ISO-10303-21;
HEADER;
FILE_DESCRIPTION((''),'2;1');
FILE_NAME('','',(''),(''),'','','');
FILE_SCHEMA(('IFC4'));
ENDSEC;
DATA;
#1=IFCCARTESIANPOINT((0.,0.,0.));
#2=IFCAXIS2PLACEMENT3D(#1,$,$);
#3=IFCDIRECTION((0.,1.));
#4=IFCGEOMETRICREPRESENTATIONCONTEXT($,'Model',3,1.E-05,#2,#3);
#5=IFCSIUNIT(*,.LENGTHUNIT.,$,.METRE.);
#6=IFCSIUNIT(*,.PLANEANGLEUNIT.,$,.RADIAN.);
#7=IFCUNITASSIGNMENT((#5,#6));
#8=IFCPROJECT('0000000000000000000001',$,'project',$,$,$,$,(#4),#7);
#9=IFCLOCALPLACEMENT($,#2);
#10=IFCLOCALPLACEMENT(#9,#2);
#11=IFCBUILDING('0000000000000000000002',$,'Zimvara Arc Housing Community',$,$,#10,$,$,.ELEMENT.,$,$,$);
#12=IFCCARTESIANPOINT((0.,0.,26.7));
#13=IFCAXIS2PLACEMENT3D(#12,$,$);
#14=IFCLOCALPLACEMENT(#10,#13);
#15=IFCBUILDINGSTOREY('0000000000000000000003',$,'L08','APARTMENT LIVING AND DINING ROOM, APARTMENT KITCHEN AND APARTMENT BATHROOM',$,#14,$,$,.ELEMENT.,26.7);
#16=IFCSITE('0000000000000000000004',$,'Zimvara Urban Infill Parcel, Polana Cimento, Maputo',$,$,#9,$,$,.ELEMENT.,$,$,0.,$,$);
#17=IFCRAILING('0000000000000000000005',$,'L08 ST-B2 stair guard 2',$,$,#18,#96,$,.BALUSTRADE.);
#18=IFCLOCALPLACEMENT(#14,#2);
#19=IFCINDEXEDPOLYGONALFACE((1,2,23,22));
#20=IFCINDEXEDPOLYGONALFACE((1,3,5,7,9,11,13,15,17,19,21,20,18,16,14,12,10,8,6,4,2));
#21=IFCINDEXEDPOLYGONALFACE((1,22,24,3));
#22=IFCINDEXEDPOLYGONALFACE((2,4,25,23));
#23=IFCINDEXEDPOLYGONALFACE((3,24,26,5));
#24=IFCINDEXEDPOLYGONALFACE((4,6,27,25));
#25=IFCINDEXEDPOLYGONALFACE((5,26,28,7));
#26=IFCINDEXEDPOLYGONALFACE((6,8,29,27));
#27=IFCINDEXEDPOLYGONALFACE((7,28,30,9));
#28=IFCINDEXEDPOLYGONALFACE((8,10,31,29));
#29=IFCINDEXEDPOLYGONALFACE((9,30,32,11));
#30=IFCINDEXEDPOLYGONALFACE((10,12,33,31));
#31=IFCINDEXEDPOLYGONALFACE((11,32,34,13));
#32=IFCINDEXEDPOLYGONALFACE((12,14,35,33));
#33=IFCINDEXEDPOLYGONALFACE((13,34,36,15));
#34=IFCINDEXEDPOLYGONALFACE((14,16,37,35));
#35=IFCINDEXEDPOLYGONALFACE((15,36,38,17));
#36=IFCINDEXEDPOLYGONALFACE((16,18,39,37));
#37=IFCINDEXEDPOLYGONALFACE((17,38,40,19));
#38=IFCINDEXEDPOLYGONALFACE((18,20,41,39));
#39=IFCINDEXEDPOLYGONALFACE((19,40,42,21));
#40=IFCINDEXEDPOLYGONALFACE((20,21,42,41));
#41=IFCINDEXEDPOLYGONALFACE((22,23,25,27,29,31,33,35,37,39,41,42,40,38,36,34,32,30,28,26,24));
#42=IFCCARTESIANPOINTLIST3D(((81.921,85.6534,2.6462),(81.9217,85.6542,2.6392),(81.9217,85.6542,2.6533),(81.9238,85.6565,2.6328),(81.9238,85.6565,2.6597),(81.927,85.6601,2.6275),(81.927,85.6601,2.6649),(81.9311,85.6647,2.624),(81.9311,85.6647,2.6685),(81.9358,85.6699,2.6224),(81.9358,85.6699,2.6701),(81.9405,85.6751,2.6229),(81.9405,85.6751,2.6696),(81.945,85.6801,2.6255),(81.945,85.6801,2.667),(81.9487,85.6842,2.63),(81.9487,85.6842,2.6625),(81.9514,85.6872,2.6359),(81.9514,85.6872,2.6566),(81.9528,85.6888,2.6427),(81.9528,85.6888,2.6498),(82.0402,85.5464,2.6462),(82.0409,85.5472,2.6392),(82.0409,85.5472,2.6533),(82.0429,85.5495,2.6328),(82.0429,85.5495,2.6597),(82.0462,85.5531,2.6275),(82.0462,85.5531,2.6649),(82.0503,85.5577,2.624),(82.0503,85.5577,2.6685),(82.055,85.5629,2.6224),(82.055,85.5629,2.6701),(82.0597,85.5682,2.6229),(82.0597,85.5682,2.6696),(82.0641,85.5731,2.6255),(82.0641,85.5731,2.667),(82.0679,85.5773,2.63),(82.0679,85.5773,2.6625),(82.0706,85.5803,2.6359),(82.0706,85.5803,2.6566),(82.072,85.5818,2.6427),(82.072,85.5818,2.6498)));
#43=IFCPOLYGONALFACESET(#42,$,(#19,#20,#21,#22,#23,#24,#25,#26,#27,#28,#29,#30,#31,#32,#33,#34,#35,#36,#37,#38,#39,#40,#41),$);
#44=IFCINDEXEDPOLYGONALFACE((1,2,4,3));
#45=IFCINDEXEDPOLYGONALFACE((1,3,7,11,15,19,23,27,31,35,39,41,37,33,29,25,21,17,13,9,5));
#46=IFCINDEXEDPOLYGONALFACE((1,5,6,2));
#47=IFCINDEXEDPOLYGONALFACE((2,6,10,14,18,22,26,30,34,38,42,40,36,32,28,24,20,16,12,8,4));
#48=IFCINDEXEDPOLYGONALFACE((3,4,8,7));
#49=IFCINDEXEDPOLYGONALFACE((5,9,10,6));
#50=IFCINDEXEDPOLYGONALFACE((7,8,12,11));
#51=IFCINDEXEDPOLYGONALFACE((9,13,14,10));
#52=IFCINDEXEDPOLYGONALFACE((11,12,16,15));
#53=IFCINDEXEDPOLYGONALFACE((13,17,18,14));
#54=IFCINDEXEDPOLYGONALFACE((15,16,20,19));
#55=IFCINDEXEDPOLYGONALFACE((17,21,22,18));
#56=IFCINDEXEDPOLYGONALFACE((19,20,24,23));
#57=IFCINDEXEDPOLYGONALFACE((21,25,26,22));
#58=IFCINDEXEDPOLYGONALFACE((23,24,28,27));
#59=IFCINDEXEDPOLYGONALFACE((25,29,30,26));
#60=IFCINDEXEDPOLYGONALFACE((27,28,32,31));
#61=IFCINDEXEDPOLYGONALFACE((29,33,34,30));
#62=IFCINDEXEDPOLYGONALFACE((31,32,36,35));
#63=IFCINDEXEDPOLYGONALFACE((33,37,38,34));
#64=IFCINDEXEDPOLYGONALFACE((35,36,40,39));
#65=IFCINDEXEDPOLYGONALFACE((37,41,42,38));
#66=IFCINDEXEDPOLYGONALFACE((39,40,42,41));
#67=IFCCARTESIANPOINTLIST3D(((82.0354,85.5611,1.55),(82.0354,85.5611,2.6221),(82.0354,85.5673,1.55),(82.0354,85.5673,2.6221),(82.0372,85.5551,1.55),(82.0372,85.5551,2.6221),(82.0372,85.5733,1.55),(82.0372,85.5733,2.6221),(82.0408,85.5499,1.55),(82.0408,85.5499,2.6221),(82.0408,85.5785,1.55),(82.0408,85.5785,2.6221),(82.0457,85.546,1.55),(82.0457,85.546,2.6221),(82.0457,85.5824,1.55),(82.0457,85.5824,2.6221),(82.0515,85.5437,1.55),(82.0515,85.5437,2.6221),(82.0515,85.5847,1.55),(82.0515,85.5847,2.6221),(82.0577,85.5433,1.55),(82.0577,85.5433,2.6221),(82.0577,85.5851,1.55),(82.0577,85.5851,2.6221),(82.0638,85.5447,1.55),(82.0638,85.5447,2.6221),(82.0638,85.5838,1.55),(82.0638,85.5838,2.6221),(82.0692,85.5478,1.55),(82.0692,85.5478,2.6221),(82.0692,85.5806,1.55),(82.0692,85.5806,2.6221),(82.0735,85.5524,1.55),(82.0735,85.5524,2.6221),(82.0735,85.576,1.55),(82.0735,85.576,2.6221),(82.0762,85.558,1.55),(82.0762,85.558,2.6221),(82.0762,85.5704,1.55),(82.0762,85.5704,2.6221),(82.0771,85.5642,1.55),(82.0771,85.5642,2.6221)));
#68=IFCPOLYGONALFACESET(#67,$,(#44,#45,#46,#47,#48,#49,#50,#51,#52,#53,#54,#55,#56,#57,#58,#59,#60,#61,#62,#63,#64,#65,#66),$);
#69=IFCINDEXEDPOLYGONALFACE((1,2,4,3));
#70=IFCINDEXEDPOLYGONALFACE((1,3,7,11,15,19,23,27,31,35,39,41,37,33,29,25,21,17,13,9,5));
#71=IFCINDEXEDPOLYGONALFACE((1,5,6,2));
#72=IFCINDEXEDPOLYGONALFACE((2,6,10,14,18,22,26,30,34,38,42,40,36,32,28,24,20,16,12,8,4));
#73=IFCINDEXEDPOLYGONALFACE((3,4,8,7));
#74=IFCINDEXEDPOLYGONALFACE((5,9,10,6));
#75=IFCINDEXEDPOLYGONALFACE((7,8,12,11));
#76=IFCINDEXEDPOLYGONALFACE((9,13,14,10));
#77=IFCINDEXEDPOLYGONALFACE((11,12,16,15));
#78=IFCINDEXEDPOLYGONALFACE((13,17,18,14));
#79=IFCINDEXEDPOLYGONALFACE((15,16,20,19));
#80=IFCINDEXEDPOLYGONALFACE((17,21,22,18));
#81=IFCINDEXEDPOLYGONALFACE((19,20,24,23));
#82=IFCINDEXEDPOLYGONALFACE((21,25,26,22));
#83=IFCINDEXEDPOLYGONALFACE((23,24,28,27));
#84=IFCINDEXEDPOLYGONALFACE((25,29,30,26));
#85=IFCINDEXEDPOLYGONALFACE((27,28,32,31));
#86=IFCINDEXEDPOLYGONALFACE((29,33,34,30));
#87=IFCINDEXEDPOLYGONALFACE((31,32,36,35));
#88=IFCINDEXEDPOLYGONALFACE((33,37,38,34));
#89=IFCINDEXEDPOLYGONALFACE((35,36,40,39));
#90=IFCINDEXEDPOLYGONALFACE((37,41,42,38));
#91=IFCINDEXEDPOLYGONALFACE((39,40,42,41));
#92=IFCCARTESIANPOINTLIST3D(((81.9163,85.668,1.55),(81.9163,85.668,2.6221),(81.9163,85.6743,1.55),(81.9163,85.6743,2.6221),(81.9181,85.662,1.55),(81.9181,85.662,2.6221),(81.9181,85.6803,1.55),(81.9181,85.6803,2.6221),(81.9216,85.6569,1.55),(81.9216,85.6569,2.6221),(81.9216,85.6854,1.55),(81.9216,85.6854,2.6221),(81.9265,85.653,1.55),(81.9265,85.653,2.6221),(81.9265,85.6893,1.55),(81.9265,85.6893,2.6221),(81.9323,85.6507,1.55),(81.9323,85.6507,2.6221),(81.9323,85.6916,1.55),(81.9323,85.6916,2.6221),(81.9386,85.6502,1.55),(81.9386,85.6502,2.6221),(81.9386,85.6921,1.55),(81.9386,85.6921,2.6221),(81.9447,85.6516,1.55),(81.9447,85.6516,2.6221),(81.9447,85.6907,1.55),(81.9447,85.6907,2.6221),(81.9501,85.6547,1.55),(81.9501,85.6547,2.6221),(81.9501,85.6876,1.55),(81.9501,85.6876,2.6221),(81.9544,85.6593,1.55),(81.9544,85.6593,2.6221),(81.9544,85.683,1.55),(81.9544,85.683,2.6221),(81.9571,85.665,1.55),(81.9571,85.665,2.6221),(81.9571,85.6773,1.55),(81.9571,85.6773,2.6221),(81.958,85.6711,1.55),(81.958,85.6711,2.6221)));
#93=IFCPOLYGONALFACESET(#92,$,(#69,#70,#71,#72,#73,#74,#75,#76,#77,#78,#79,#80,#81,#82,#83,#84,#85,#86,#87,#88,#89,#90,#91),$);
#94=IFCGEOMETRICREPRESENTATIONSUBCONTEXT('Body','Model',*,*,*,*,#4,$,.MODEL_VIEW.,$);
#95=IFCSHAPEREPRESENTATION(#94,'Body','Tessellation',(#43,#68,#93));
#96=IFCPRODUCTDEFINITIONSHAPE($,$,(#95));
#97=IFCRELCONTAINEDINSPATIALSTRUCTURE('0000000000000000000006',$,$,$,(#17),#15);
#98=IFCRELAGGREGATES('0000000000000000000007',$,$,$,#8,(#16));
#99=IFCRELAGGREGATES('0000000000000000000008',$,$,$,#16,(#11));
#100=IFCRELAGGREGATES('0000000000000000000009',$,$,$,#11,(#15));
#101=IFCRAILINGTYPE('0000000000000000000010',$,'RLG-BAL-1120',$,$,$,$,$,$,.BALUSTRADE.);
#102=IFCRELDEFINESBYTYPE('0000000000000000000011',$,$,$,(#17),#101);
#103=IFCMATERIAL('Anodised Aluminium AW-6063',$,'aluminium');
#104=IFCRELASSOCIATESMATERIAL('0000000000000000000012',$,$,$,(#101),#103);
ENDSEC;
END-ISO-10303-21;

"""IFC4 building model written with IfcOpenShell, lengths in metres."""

from ifc_helpers import new_model, si_unit, direction, frame, origin, origin_2d, place, context, subcontext, project, spatial, circle, extrude, material, type_object, element, save


model = new_model("IFC4")

# Units and contexts
model_context = context("Model", 3, precision=1e-05, world=origin(), true_north=direction((0.0, 1.0)))
body_context = subcontext(model_context, "Body", "Model", "MODEL_VIEW")
ifc_project = project(units=[si_unit("LENGTHUNIT", "METRE"), si_unit("PLANEANGLEUNIT", "RADIAN")], contexts=[model_context])

# Site, building, storey
site_placement = place(None, origin())
site = spatial("IfcSite", under=ifc_project, at=site_placement, Name="Zimvara Urban Infill Parcel, Polana Cimento, Maputo", CompositionType="ELEMENT", RefElevation=0.0)
building_placement = place(site_placement, origin())
building = spatial("IfcBuilding", under=site, at=building_placement, Name="Zimvara Arc Housing Community", CompositionType="ELEMENT")
storey_placement = place(building_placement, frame((0.0, 0.0, 26.7)))
storey = spatial("IfcBuildingStorey", under=building, at=storey_placement, Name="L08", Description="APARTMENT LIVING AND DINING ROOM, APARTMENT KITCHEN AND APARTMENT BATHROOM", CompositionType="ELEMENT", Elevation=26.7)

# Railing
ifc_material_1 = material(Name="Anodised Aluminium AW-6063", Category="aluminium")
railing_type = type_object("IfcRailingType", Name="RLG-BAL-1120", PredefinedType="BALUSTRADE", material=ifc_material_1)
railing_placement = place(storey_placement, frame((82.0562, 85.5642, 1.55)))
element("IfcRailing", 1, at=railing_placement, inside=storey, type_object=railing_type, Name="L08 ST-B2 stair guard 2", PredefinedType="BALUSTRADE", context=body_context, shape_type="SweptSolid", body=[
    extrude(circle(Radius=0.0239, at=origin_2d()), frame((0.0, 0.0, 1.0962), z_axis=(-0.744203, 0.667953, 0.0), x_axis=(-0.667953, -0.744203, 0.0)), (0.0, 0.0, 1.0), 0.1602),
    extrude(circle(Radius=0.021, at=origin_2d()), origin(), (0.0, 0.0, 1.0), 1.072),
    extrude(circle(Radius=0.021, at=origin_2d()), frame((-0.1191, 0.1069, 0.0)), (0.0, 0.0, 1.0), 1.072),
])

save(model, "model.ifc")
